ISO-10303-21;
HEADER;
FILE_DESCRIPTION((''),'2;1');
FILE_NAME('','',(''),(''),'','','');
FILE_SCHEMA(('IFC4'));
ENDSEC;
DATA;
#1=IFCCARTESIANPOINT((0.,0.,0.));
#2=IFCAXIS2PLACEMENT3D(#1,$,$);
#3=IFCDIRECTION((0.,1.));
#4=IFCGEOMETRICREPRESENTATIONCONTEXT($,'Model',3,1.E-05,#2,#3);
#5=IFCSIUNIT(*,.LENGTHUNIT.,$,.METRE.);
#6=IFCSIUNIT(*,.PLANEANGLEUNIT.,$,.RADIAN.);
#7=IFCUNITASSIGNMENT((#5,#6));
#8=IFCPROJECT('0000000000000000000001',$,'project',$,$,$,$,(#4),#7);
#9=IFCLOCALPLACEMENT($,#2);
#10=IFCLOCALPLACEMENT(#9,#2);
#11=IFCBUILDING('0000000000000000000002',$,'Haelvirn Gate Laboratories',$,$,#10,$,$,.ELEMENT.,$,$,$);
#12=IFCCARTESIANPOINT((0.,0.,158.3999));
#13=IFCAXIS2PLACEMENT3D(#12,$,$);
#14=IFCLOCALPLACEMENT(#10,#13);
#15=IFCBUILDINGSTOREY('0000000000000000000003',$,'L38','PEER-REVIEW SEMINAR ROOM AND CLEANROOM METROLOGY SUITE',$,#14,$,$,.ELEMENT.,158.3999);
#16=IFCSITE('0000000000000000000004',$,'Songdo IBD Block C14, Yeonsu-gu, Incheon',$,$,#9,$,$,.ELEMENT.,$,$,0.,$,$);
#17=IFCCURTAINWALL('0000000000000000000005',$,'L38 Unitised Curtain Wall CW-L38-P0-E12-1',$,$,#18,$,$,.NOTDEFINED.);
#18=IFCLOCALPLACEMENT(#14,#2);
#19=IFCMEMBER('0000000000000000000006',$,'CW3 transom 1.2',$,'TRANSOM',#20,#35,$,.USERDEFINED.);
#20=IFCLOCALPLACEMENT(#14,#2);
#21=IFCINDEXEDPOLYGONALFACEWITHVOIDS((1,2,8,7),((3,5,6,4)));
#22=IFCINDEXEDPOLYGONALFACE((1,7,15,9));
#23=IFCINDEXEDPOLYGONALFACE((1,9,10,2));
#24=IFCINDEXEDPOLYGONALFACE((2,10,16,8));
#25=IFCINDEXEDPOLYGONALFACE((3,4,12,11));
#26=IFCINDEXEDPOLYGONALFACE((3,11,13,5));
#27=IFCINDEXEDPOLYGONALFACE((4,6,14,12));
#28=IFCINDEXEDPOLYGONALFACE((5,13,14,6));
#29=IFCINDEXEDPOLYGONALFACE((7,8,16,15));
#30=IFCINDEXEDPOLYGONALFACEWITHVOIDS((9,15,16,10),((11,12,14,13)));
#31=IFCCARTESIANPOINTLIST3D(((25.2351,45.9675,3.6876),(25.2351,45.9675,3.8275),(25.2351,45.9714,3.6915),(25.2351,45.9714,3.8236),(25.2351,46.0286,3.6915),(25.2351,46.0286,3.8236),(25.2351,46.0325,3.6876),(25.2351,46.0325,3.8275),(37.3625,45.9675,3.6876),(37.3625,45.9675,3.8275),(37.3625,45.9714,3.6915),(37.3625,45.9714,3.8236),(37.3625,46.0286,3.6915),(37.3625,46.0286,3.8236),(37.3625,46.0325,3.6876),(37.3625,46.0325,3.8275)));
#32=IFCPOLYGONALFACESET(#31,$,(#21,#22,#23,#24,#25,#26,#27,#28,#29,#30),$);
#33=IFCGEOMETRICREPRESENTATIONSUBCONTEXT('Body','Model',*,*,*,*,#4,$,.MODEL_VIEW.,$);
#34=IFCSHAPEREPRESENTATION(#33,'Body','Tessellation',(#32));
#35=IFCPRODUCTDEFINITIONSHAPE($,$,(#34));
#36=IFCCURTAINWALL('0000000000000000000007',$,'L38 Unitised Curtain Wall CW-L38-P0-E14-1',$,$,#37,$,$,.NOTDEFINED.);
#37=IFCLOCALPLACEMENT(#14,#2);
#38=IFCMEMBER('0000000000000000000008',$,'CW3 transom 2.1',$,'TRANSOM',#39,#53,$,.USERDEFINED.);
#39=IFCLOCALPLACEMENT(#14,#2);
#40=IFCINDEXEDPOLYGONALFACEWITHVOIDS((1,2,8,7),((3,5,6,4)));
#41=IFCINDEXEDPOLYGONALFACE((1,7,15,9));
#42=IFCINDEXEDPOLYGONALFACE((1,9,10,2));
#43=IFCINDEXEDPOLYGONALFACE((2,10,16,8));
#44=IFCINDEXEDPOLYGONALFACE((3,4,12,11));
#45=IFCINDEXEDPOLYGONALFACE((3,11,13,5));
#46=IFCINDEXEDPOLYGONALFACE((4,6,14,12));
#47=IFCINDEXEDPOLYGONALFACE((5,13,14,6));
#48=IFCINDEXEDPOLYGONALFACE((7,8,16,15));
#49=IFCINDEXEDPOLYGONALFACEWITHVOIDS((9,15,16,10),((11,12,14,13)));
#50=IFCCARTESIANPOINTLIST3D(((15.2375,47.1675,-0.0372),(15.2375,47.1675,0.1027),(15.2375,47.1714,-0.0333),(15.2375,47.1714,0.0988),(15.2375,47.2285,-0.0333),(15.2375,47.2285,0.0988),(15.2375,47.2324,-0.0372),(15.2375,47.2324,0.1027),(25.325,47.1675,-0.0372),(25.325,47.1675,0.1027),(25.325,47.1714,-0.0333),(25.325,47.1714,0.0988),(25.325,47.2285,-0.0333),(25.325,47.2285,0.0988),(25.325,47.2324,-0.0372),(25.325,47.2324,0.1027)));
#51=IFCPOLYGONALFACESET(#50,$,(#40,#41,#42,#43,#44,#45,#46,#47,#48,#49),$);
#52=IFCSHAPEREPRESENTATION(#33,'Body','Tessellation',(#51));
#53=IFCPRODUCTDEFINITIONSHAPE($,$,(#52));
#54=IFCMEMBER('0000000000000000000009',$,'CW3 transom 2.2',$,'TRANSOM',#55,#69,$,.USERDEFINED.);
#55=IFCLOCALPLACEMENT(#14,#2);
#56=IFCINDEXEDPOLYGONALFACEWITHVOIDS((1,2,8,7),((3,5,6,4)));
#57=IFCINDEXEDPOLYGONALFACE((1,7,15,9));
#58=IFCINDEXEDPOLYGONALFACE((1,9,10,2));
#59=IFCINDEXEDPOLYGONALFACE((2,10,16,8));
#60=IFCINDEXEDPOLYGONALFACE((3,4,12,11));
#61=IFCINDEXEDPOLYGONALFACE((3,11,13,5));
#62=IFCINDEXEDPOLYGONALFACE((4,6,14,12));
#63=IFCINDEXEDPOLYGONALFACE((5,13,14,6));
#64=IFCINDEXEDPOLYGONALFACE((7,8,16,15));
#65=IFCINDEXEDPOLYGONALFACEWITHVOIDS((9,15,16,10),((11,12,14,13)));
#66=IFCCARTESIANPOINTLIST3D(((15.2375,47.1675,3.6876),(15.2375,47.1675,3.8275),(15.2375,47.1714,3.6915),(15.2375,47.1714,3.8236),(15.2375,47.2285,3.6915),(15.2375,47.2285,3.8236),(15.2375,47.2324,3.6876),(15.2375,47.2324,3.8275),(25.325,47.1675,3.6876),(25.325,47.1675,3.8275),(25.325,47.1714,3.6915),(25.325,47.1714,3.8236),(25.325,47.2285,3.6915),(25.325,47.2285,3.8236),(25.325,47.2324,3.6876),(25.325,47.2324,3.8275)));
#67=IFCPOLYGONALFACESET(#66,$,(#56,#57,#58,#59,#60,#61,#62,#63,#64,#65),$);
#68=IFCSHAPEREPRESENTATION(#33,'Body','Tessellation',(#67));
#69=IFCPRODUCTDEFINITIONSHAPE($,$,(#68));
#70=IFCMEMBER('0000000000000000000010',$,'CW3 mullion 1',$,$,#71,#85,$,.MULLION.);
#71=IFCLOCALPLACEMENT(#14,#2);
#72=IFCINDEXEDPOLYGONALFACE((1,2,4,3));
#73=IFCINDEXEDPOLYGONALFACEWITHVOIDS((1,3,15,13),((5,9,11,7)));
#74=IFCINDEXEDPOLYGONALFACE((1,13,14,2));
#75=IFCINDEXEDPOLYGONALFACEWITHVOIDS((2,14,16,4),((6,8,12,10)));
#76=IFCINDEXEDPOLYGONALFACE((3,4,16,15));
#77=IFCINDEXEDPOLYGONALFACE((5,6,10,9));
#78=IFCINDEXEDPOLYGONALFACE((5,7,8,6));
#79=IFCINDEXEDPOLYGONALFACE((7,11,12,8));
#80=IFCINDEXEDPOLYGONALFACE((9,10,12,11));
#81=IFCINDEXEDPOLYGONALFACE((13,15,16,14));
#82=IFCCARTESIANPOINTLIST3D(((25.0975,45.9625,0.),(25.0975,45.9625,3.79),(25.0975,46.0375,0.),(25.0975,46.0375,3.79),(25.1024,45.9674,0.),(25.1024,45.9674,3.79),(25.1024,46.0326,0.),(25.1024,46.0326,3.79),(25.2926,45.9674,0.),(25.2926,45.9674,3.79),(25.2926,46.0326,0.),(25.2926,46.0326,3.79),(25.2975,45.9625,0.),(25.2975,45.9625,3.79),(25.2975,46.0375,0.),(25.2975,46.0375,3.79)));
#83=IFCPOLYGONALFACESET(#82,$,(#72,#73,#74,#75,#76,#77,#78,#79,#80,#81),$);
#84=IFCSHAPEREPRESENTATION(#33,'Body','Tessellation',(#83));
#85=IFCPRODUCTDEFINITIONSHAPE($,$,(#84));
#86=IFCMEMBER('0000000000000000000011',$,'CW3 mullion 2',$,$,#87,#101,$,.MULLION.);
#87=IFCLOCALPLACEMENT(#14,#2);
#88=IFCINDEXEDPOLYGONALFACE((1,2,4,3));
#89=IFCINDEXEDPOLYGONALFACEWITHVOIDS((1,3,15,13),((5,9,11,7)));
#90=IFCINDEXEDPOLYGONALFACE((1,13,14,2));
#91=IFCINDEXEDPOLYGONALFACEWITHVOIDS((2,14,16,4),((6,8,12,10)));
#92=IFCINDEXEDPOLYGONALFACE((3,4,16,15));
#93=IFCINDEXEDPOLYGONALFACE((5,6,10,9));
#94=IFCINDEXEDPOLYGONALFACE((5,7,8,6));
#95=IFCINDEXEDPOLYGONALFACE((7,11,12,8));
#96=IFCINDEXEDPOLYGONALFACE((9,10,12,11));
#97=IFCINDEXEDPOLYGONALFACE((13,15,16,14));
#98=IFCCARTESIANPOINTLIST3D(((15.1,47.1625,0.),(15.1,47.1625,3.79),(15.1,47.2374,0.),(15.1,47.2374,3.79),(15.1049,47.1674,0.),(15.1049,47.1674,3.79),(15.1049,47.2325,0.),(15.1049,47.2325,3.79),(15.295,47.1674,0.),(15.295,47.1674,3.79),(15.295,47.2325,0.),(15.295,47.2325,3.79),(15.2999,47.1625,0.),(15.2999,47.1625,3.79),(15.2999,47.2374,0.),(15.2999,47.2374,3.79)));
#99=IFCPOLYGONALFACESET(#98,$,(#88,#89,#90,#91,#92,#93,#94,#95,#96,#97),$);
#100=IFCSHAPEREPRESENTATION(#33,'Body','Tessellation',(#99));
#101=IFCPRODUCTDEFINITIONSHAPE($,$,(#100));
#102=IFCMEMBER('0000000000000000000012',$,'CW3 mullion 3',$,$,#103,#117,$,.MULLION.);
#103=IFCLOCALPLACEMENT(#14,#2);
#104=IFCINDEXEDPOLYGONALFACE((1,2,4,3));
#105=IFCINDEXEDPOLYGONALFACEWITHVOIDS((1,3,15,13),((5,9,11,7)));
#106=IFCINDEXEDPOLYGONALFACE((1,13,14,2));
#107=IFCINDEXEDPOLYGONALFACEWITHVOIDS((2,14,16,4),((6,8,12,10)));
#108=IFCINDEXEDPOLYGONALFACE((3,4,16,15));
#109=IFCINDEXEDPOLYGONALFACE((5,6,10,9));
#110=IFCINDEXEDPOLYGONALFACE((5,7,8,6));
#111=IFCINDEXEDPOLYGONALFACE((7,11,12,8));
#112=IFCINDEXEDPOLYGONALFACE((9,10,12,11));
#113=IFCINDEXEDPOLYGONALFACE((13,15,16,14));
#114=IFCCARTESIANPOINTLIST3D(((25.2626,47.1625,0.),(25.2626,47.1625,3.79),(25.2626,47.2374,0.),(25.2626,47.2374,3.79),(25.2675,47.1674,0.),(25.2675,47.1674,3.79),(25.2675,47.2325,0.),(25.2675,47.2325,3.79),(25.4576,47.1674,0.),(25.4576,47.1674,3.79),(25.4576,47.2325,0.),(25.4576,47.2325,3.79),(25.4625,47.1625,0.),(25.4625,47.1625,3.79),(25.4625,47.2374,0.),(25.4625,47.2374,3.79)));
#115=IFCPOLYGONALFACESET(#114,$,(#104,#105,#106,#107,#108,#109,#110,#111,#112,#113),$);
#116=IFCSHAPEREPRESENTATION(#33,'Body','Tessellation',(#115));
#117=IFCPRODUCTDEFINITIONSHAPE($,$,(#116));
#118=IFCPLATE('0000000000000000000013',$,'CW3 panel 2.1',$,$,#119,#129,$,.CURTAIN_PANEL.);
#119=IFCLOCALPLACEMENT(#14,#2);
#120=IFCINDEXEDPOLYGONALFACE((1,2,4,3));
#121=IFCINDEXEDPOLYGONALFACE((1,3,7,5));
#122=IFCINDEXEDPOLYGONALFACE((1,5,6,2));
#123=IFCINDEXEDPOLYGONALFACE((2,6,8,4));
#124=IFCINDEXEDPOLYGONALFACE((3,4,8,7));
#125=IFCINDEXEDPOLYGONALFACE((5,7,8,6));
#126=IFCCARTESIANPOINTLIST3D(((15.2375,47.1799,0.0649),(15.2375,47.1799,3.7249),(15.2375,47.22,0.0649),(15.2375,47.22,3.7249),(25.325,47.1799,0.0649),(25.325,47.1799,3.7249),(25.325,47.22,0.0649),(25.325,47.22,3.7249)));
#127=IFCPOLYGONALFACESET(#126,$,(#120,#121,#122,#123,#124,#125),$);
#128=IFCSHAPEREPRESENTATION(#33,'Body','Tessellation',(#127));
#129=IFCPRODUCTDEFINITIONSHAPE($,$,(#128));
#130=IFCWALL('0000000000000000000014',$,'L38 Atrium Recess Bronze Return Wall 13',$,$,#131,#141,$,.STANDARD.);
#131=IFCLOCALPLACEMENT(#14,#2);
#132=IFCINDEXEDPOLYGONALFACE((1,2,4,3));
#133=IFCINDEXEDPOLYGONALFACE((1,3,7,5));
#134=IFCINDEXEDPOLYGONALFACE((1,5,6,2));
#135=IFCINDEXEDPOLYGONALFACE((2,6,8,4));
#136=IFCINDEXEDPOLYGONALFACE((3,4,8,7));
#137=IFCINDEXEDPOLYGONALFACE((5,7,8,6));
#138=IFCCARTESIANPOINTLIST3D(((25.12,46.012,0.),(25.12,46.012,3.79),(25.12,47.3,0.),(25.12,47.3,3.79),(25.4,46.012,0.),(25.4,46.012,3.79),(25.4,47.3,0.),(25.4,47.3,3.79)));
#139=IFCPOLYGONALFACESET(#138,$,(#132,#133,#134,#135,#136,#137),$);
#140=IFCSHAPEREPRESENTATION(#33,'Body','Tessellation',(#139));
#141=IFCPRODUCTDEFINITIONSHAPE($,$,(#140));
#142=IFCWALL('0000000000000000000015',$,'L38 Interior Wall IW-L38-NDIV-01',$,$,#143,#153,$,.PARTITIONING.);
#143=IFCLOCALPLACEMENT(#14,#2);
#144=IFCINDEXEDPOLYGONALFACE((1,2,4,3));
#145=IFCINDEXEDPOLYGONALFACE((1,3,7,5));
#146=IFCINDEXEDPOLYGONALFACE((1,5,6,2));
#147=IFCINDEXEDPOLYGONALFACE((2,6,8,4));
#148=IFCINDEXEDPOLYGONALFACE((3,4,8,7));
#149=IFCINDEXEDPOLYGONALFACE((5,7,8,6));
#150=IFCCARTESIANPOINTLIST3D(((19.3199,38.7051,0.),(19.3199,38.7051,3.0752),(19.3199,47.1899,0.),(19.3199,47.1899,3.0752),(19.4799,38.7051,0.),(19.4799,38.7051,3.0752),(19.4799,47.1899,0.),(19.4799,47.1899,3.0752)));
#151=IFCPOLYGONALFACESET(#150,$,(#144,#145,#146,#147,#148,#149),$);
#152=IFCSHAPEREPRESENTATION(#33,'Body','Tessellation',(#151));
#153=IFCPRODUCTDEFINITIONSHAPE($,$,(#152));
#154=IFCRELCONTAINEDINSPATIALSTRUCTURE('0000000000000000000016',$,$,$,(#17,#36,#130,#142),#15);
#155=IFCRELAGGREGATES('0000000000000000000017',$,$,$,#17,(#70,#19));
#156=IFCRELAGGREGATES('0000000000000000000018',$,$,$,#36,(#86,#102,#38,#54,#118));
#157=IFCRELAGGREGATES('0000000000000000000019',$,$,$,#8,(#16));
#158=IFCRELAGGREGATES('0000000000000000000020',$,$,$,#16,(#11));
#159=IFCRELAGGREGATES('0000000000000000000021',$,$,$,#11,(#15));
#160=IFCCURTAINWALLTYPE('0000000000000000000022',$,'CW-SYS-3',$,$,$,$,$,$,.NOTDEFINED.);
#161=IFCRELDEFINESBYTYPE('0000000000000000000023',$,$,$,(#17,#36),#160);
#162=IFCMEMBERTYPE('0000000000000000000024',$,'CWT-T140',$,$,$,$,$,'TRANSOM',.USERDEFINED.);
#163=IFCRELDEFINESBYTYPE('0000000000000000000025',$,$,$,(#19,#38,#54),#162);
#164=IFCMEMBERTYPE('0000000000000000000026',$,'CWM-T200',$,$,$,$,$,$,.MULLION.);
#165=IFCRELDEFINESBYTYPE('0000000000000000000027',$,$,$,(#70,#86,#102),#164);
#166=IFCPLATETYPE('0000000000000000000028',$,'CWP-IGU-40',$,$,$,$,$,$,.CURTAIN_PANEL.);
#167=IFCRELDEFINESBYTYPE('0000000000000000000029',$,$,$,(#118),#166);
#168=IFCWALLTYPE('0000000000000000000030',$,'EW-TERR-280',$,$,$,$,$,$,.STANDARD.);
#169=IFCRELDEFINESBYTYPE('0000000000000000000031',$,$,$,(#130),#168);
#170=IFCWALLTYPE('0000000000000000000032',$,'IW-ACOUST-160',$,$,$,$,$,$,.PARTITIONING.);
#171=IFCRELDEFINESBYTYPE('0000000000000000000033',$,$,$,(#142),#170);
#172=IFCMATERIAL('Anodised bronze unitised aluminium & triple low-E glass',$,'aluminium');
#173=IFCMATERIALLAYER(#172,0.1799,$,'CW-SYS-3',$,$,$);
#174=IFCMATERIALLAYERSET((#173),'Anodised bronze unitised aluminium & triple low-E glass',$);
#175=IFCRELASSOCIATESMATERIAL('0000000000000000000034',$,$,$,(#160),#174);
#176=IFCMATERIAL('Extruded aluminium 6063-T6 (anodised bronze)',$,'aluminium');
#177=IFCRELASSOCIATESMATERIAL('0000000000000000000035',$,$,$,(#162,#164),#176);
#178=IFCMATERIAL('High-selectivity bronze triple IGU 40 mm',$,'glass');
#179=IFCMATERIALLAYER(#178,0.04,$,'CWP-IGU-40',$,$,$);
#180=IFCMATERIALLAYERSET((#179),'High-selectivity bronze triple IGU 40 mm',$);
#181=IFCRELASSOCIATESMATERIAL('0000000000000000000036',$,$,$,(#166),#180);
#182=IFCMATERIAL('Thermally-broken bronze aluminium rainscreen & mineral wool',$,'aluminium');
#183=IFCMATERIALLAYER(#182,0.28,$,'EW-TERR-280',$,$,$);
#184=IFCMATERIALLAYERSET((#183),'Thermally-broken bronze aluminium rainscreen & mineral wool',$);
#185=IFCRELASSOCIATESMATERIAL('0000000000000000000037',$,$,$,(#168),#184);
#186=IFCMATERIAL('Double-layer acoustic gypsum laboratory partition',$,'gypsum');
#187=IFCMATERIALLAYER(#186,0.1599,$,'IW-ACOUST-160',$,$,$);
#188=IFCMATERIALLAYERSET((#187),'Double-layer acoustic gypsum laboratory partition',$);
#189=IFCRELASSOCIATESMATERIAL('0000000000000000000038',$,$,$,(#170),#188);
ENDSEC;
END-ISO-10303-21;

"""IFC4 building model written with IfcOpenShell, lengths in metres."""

from ifc_helpers import new_model, si_unit, direction, frame, frame_2d, origin, origin_2d, place, context, subcontext, project, spatial, rectangle, hollow_rectangle, extrude, source, transform, mapped, material, layer, layer_set, material_profile, profile_set, type_object, type_shapes, element, aggregate, save


model = new_model("IFC4")

# Units and contexts
model_context = context("Model", 3, precision=1e-05, world=origin(), true_north=direction((0.0, 1.0)))
body_context = subcontext(model_context, "Body", "Model", "MODEL_VIEW")
ifc_project = project(units=[si_unit("LENGTHUNIT", "METRE"), si_unit("PLANEANGLEUNIT", "RADIAN")], contexts=[model_context])

# Site, building, storey
site_placement = place(None, origin())
site = spatial("IfcSite", under=ifc_project, at=site_placement, Name="Songdo IBD Block C14, Yeonsu-gu, Incheon", CompositionType="ELEMENT", RefElevation=0.0)
building_placement = place(site_placement, origin())
building = spatial("IfcBuilding", under=site, at=building_placement, Name="Haelvirn Gate Laboratories", CompositionType="ELEMENT")
storey_placement = place(building_placement, frame((0.0, 0.0, 158.3999)))
storey = spatial("IfcBuildingStorey", under=building, at=storey_placement, Name="L38", Description="PEER-REVIEW SEMINAR ROOM AND CLEANROOM METROLOGY SUITE", CompositionType="ELEMENT", Elevation=158.3999)

# Curtain walls, members
ifc_material_1 = material(Name="Anodised bronze unitised aluminium & triple low-E glass", Category="aluminium")
ifc_layer_1 = layer(ifc_material_1, 0.1799, Name="CW-SYS-3")
ifc_layer_set_1 = layer_set([ifc_layer_1], Name="Anodised bronze unitised aluminium & triple low-E glass")
curtain_wall_type = type_object("IfcCurtainWallType", Name="CW-SYS-3", PredefinedType="NOTDEFINED", material=ifc_layer_set_1)
curtain_wall_1_placement = place(storey_placement, origin())
curtain_wall_1 = element("IfcCurtainWall", 1, at=curtain_wall_1_placement, inside=storey, type_object=curtain_wall_type, Name="L38 Unitised Curtain Wall CW-L38-P0-E12-1", PredefinedType="NOTDEFINED")
ifc_material_2 = material(Name="Extruded aluminium 6063-T6 (anodised bronze)", Category="aluminium")
ifc_material_profile_1 = material_profile(ifc_material_2, hollow_rectangle(XDim=0.0649, YDim=0.1399, WallThickness=0.0039, at=origin_2d()), Name="CWT-140x65x4")
ifc_profile_set_1 = profile_set([ifc_material_profile_1], Name="Extruded aluminium 6063-T6 (anodised bronze)")
member_type_1 = type_object("IfcMemberType", Name="CWT-T140", ElementType="TRANSOM", PredefinedType="USERDEFINED", material=ifc_profile_set_1)
shared_shape_1 = source(origin(), body_context, "Body", "SweptSolid", [
    extrude(hollow_rectangle(XDim=0.0649, YDim=0.1399, WallThickness=0.0039, at=origin_2d()), origin(), (0.0, 0.0, 1.0), 12.1274),
])
member_1_placement = place(storey_placement, frame((25.2351, 46.0, 3.7576), z_axis=(1.0, 0.0, 0.0), x_axis=(0.0, 1.0, 0.0)))
member_1 = element("IfcMember", 2, at=member_1_placement, type_object=member_type_1, Name="CW3 transom 1.2", ObjectType="TRANSOM", PredefinedType="USERDEFINED", context=body_context, shape_type="MappedRepresentation", body=[
    mapped(shared_shape_1, transform((0.0, 0.0, 0.0), scale=1.0)),
])
curtain_wall_2_placement = place(storey_placement, origin())
curtain_wall_2 = element("IfcCurtainWall", 3, at=curtain_wall_2_placement, inside=storey, type_object=curtain_wall_type, Name="L38 Unitised Curtain Wall CW-L38-P0-E14-1", PredefinedType="NOTDEFINED")
shared_shape_2 = source(origin(), body_context, "Body", "SweptSolid", [
    extrude(hollow_rectangle(XDim=0.0649, YDim=0.1399, WallThickness=0.0039, at=origin_2d()), origin(), (0.0, 0.0, 1.0), 10.0874),
])
type_shapes(member_type_1, [shared_shape_1, shared_shape_2])
member_2_placement = place(storey_placement, frame((15.2375, 47.2, 0.0327), z_axis=(1.0, 0.0, 0.0), x_axis=(0.0, 1.0, 0.0)))
member_2 = element("IfcMember", 4, at=member_2_placement, type_object=member_type_1, Name="CW3 transom 2.1", ObjectType="TRANSOM", PredefinedType="USERDEFINED", context=body_context, shape_type="MappedRepresentation", body=[
    mapped(shared_shape_2, transform((0.0, 0.0, 0.0), scale=1.0)),
])
member_3_placement = place(storey_placement, frame((15.2375, 47.2, 3.7576), z_axis=(1.0, 0.0, 0.0), x_axis=(0.0, 1.0, 0.0)))
member_3 = element("IfcMember", 5, at=member_3_placement, type_object=member_type_1, Name="CW3 transom 2.2", ObjectType="TRANSOM", PredefinedType="USERDEFINED", context=body_context, shape_type="MappedRepresentation", body=[
    mapped(shared_shape_2, transform((0.0, 0.0, 0.0), scale=1.0)),
])

# Members
ifc_material_profile_2 = material_profile(ifc_material_2, hollow_rectangle(XDim=0.075, YDim=0.2, WallThickness=0.0049, at=origin_2d()), Name="CWM-200x75x5")
ifc_profile_set_2 = profile_set([ifc_material_profile_2], Name="Extruded aluminium 6063-T6 (anodised bronze)")
member_type_2 = type_object("IfcMemberType", Name="CWM-T200", PredefinedType="MULLION", material=ifc_profile_set_2)
shared_shape_3 = source(origin(), body_context, "Body", "SweptSolid", [
    extrude(hollow_rectangle(XDim=0.075, YDim=0.2, WallThickness=0.0049, at=origin_2d()), origin(), (0.0, 0.0, 1.0), 3.79),
])
type_shapes(member_type_2, [shared_shape_3])
member_4_placement = place(storey_placement, frame((25.1975, 46.0, 0.0), z_axis=(0.0, 0.0, 1.0), x_axis=(0.0, 1.0, 0.0)))
member_4 = element("IfcMember", 6, at=member_4_placement, type_object=member_type_2, Name="CW3 mullion 1", PredefinedType="MULLION", context=body_context, shape_type="MappedRepresentation", body=[
    mapped(shared_shape_3, transform((0.0, 0.0, 0.0), scale=1.0)),
])
aggregate(curtain_wall_1, [member_4, member_1])
member_5_placement = place(storey_placement, frame((15.2, 47.2, 0.0), z_axis=(0.0, 0.0, 1.0), x_axis=(0.0, 1.0, 0.0)))
member_5 = element("IfcMember", 7, at=member_5_placement, type_object=member_type_2, Name="CW3 mullion 2", PredefinedType="MULLION", context=body_context, shape_type="MappedRepresentation", body=[
    mapped(shared_shape_3, transform((0.0, 0.0, 0.0), scale=1.0)),
])
member_6_placement = place(storey_placement, frame((25.3625, 47.2, 0.0), z_axis=(0.0, 0.0, 1.0), x_axis=(0.0, 1.0, 0.0)))
member_6 = element("IfcMember", 8, at=member_6_placement, type_object=member_type_2, Name="CW3 mullion 3", PredefinedType="MULLION", context=body_context, shape_type="MappedRepresentation", body=[
    mapped(shared_shape_3, transform((0.0, 0.0, 0.0), scale=1.0)),
])

# Plate
ifc_material_3 = material(Name="High-selectivity bronze triple IGU 40 mm", Category="glass")
ifc_layer_2 = layer(ifc_material_3, 0.04, Name="CWP-IGU-40")
ifc_layer_set_2 = layer_set([ifc_layer_2], Name="High-selectivity bronze triple IGU 40 mm")
plate_type = type_object("IfcPlateType", Name="CWP-IGU-40", PredefinedType="CURTAIN_PANEL", material=ifc_layer_set_2)
shared_shape_4 = source(origin(), body_context, "Body", "SweptSolid", [
    extrude(rectangle(XDim=10.0874, YDim=0.04, at=origin_2d()), origin(), (0.0, 0.0, 1.0), 3.6599),
])
type_shapes(plate_type, [shared_shape_4])
plate_placement = place(storey_placement, frame((20.2812, 47.2, 0.0649), z_axis=(0.0, 0.0, 1.0), x_axis=(1.0, 0.0, 0.0)))
plate = element("IfcPlate", 9, at=plate_placement, type_object=plate_type, Name="CW3 panel 2.1", PredefinedType="CURTAIN_PANEL", context=body_context, shape_type="MappedRepresentation", body=[
    mapped(shared_shape_4, transform((0.0, 0.0, 0.0), scale=1.0)),
])
aggregate(curtain_wall_2, [member_5, member_6, member_2, member_3, plate])

# Walls
ifc_material_4 = material(Name="Thermally-broken bronze aluminium rainscreen & mineral wool", Category="aluminium")
ifc_layer_3 = layer(ifc_material_4, 0.28, Name="EW-TERR-280")
ifc_layer_set_3 = layer_set([ifc_layer_3], Name="Thermally-broken bronze aluminium rainscreen & mineral wool")
wall_type_1 = type_object("IfcWallType", Name="EW-TERR-280", PredefinedType="STANDARD", material=ifc_layer_set_3)
wall_1_placement = place(storey_placement, frame((25.26, 46.012, 0.0), z_axis=(0.0, 0.0, 1.0), x_axis=(0.0, 1.0, 0.0)))
element("IfcWall", 10, at=wall_1_placement, inside=storey, type_object=wall_type_1, Name="L38 Atrium Recess Bronze Return Wall 13", PredefinedType="STANDARD", context=body_context, shape_type="SweptSolid", body=[
    extrude(rectangle(XDim=1.2881, YDim=0.28, at=frame_2d((0.644, 0.0))), origin(), (0.0, 0.0, 1.0), 3.79),
])
ifc_material_5 = material(Name="Double-layer acoustic gypsum laboratory partition", Category="gypsum")
ifc_layer_4 = layer(ifc_material_5, 0.1599, Name="IW-ACOUST-160")
ifc_layer_set_4 = layer_set([ifc_layer_4], Name="Double-layer acoustic gypsum laboratory partition")
wall_type_2 = type_object("IfcWallType", Name="IW-ACOUST-160", PredefinedType="PARTITIONING", material=ifc_layer_set_4)
wall_2_placement = place(storey_placement, frame((19.3999, 38.7051, 0.0), z_axis=(0.0, 0.0, 1.0), x_axis=(0.0, 1.0, 0.0)))
element("IfcWall", 11, at=wall_2_placement, inside=storey, type_object=wall_type_2, Name="L38 Interior Wall IW-L38-NDIV-01", PredefinedType="PARTITIONING", context=body_context, shape_type="SweptSolid", body=[
    extrude(rectangle(XDim=8.4849, YDim=0.1599, at=frame_2d((4.2424, 0.0))), origin(), (0.0, 0.0, 1.0), 3.0752),
])

save(model, "model.ifc")
